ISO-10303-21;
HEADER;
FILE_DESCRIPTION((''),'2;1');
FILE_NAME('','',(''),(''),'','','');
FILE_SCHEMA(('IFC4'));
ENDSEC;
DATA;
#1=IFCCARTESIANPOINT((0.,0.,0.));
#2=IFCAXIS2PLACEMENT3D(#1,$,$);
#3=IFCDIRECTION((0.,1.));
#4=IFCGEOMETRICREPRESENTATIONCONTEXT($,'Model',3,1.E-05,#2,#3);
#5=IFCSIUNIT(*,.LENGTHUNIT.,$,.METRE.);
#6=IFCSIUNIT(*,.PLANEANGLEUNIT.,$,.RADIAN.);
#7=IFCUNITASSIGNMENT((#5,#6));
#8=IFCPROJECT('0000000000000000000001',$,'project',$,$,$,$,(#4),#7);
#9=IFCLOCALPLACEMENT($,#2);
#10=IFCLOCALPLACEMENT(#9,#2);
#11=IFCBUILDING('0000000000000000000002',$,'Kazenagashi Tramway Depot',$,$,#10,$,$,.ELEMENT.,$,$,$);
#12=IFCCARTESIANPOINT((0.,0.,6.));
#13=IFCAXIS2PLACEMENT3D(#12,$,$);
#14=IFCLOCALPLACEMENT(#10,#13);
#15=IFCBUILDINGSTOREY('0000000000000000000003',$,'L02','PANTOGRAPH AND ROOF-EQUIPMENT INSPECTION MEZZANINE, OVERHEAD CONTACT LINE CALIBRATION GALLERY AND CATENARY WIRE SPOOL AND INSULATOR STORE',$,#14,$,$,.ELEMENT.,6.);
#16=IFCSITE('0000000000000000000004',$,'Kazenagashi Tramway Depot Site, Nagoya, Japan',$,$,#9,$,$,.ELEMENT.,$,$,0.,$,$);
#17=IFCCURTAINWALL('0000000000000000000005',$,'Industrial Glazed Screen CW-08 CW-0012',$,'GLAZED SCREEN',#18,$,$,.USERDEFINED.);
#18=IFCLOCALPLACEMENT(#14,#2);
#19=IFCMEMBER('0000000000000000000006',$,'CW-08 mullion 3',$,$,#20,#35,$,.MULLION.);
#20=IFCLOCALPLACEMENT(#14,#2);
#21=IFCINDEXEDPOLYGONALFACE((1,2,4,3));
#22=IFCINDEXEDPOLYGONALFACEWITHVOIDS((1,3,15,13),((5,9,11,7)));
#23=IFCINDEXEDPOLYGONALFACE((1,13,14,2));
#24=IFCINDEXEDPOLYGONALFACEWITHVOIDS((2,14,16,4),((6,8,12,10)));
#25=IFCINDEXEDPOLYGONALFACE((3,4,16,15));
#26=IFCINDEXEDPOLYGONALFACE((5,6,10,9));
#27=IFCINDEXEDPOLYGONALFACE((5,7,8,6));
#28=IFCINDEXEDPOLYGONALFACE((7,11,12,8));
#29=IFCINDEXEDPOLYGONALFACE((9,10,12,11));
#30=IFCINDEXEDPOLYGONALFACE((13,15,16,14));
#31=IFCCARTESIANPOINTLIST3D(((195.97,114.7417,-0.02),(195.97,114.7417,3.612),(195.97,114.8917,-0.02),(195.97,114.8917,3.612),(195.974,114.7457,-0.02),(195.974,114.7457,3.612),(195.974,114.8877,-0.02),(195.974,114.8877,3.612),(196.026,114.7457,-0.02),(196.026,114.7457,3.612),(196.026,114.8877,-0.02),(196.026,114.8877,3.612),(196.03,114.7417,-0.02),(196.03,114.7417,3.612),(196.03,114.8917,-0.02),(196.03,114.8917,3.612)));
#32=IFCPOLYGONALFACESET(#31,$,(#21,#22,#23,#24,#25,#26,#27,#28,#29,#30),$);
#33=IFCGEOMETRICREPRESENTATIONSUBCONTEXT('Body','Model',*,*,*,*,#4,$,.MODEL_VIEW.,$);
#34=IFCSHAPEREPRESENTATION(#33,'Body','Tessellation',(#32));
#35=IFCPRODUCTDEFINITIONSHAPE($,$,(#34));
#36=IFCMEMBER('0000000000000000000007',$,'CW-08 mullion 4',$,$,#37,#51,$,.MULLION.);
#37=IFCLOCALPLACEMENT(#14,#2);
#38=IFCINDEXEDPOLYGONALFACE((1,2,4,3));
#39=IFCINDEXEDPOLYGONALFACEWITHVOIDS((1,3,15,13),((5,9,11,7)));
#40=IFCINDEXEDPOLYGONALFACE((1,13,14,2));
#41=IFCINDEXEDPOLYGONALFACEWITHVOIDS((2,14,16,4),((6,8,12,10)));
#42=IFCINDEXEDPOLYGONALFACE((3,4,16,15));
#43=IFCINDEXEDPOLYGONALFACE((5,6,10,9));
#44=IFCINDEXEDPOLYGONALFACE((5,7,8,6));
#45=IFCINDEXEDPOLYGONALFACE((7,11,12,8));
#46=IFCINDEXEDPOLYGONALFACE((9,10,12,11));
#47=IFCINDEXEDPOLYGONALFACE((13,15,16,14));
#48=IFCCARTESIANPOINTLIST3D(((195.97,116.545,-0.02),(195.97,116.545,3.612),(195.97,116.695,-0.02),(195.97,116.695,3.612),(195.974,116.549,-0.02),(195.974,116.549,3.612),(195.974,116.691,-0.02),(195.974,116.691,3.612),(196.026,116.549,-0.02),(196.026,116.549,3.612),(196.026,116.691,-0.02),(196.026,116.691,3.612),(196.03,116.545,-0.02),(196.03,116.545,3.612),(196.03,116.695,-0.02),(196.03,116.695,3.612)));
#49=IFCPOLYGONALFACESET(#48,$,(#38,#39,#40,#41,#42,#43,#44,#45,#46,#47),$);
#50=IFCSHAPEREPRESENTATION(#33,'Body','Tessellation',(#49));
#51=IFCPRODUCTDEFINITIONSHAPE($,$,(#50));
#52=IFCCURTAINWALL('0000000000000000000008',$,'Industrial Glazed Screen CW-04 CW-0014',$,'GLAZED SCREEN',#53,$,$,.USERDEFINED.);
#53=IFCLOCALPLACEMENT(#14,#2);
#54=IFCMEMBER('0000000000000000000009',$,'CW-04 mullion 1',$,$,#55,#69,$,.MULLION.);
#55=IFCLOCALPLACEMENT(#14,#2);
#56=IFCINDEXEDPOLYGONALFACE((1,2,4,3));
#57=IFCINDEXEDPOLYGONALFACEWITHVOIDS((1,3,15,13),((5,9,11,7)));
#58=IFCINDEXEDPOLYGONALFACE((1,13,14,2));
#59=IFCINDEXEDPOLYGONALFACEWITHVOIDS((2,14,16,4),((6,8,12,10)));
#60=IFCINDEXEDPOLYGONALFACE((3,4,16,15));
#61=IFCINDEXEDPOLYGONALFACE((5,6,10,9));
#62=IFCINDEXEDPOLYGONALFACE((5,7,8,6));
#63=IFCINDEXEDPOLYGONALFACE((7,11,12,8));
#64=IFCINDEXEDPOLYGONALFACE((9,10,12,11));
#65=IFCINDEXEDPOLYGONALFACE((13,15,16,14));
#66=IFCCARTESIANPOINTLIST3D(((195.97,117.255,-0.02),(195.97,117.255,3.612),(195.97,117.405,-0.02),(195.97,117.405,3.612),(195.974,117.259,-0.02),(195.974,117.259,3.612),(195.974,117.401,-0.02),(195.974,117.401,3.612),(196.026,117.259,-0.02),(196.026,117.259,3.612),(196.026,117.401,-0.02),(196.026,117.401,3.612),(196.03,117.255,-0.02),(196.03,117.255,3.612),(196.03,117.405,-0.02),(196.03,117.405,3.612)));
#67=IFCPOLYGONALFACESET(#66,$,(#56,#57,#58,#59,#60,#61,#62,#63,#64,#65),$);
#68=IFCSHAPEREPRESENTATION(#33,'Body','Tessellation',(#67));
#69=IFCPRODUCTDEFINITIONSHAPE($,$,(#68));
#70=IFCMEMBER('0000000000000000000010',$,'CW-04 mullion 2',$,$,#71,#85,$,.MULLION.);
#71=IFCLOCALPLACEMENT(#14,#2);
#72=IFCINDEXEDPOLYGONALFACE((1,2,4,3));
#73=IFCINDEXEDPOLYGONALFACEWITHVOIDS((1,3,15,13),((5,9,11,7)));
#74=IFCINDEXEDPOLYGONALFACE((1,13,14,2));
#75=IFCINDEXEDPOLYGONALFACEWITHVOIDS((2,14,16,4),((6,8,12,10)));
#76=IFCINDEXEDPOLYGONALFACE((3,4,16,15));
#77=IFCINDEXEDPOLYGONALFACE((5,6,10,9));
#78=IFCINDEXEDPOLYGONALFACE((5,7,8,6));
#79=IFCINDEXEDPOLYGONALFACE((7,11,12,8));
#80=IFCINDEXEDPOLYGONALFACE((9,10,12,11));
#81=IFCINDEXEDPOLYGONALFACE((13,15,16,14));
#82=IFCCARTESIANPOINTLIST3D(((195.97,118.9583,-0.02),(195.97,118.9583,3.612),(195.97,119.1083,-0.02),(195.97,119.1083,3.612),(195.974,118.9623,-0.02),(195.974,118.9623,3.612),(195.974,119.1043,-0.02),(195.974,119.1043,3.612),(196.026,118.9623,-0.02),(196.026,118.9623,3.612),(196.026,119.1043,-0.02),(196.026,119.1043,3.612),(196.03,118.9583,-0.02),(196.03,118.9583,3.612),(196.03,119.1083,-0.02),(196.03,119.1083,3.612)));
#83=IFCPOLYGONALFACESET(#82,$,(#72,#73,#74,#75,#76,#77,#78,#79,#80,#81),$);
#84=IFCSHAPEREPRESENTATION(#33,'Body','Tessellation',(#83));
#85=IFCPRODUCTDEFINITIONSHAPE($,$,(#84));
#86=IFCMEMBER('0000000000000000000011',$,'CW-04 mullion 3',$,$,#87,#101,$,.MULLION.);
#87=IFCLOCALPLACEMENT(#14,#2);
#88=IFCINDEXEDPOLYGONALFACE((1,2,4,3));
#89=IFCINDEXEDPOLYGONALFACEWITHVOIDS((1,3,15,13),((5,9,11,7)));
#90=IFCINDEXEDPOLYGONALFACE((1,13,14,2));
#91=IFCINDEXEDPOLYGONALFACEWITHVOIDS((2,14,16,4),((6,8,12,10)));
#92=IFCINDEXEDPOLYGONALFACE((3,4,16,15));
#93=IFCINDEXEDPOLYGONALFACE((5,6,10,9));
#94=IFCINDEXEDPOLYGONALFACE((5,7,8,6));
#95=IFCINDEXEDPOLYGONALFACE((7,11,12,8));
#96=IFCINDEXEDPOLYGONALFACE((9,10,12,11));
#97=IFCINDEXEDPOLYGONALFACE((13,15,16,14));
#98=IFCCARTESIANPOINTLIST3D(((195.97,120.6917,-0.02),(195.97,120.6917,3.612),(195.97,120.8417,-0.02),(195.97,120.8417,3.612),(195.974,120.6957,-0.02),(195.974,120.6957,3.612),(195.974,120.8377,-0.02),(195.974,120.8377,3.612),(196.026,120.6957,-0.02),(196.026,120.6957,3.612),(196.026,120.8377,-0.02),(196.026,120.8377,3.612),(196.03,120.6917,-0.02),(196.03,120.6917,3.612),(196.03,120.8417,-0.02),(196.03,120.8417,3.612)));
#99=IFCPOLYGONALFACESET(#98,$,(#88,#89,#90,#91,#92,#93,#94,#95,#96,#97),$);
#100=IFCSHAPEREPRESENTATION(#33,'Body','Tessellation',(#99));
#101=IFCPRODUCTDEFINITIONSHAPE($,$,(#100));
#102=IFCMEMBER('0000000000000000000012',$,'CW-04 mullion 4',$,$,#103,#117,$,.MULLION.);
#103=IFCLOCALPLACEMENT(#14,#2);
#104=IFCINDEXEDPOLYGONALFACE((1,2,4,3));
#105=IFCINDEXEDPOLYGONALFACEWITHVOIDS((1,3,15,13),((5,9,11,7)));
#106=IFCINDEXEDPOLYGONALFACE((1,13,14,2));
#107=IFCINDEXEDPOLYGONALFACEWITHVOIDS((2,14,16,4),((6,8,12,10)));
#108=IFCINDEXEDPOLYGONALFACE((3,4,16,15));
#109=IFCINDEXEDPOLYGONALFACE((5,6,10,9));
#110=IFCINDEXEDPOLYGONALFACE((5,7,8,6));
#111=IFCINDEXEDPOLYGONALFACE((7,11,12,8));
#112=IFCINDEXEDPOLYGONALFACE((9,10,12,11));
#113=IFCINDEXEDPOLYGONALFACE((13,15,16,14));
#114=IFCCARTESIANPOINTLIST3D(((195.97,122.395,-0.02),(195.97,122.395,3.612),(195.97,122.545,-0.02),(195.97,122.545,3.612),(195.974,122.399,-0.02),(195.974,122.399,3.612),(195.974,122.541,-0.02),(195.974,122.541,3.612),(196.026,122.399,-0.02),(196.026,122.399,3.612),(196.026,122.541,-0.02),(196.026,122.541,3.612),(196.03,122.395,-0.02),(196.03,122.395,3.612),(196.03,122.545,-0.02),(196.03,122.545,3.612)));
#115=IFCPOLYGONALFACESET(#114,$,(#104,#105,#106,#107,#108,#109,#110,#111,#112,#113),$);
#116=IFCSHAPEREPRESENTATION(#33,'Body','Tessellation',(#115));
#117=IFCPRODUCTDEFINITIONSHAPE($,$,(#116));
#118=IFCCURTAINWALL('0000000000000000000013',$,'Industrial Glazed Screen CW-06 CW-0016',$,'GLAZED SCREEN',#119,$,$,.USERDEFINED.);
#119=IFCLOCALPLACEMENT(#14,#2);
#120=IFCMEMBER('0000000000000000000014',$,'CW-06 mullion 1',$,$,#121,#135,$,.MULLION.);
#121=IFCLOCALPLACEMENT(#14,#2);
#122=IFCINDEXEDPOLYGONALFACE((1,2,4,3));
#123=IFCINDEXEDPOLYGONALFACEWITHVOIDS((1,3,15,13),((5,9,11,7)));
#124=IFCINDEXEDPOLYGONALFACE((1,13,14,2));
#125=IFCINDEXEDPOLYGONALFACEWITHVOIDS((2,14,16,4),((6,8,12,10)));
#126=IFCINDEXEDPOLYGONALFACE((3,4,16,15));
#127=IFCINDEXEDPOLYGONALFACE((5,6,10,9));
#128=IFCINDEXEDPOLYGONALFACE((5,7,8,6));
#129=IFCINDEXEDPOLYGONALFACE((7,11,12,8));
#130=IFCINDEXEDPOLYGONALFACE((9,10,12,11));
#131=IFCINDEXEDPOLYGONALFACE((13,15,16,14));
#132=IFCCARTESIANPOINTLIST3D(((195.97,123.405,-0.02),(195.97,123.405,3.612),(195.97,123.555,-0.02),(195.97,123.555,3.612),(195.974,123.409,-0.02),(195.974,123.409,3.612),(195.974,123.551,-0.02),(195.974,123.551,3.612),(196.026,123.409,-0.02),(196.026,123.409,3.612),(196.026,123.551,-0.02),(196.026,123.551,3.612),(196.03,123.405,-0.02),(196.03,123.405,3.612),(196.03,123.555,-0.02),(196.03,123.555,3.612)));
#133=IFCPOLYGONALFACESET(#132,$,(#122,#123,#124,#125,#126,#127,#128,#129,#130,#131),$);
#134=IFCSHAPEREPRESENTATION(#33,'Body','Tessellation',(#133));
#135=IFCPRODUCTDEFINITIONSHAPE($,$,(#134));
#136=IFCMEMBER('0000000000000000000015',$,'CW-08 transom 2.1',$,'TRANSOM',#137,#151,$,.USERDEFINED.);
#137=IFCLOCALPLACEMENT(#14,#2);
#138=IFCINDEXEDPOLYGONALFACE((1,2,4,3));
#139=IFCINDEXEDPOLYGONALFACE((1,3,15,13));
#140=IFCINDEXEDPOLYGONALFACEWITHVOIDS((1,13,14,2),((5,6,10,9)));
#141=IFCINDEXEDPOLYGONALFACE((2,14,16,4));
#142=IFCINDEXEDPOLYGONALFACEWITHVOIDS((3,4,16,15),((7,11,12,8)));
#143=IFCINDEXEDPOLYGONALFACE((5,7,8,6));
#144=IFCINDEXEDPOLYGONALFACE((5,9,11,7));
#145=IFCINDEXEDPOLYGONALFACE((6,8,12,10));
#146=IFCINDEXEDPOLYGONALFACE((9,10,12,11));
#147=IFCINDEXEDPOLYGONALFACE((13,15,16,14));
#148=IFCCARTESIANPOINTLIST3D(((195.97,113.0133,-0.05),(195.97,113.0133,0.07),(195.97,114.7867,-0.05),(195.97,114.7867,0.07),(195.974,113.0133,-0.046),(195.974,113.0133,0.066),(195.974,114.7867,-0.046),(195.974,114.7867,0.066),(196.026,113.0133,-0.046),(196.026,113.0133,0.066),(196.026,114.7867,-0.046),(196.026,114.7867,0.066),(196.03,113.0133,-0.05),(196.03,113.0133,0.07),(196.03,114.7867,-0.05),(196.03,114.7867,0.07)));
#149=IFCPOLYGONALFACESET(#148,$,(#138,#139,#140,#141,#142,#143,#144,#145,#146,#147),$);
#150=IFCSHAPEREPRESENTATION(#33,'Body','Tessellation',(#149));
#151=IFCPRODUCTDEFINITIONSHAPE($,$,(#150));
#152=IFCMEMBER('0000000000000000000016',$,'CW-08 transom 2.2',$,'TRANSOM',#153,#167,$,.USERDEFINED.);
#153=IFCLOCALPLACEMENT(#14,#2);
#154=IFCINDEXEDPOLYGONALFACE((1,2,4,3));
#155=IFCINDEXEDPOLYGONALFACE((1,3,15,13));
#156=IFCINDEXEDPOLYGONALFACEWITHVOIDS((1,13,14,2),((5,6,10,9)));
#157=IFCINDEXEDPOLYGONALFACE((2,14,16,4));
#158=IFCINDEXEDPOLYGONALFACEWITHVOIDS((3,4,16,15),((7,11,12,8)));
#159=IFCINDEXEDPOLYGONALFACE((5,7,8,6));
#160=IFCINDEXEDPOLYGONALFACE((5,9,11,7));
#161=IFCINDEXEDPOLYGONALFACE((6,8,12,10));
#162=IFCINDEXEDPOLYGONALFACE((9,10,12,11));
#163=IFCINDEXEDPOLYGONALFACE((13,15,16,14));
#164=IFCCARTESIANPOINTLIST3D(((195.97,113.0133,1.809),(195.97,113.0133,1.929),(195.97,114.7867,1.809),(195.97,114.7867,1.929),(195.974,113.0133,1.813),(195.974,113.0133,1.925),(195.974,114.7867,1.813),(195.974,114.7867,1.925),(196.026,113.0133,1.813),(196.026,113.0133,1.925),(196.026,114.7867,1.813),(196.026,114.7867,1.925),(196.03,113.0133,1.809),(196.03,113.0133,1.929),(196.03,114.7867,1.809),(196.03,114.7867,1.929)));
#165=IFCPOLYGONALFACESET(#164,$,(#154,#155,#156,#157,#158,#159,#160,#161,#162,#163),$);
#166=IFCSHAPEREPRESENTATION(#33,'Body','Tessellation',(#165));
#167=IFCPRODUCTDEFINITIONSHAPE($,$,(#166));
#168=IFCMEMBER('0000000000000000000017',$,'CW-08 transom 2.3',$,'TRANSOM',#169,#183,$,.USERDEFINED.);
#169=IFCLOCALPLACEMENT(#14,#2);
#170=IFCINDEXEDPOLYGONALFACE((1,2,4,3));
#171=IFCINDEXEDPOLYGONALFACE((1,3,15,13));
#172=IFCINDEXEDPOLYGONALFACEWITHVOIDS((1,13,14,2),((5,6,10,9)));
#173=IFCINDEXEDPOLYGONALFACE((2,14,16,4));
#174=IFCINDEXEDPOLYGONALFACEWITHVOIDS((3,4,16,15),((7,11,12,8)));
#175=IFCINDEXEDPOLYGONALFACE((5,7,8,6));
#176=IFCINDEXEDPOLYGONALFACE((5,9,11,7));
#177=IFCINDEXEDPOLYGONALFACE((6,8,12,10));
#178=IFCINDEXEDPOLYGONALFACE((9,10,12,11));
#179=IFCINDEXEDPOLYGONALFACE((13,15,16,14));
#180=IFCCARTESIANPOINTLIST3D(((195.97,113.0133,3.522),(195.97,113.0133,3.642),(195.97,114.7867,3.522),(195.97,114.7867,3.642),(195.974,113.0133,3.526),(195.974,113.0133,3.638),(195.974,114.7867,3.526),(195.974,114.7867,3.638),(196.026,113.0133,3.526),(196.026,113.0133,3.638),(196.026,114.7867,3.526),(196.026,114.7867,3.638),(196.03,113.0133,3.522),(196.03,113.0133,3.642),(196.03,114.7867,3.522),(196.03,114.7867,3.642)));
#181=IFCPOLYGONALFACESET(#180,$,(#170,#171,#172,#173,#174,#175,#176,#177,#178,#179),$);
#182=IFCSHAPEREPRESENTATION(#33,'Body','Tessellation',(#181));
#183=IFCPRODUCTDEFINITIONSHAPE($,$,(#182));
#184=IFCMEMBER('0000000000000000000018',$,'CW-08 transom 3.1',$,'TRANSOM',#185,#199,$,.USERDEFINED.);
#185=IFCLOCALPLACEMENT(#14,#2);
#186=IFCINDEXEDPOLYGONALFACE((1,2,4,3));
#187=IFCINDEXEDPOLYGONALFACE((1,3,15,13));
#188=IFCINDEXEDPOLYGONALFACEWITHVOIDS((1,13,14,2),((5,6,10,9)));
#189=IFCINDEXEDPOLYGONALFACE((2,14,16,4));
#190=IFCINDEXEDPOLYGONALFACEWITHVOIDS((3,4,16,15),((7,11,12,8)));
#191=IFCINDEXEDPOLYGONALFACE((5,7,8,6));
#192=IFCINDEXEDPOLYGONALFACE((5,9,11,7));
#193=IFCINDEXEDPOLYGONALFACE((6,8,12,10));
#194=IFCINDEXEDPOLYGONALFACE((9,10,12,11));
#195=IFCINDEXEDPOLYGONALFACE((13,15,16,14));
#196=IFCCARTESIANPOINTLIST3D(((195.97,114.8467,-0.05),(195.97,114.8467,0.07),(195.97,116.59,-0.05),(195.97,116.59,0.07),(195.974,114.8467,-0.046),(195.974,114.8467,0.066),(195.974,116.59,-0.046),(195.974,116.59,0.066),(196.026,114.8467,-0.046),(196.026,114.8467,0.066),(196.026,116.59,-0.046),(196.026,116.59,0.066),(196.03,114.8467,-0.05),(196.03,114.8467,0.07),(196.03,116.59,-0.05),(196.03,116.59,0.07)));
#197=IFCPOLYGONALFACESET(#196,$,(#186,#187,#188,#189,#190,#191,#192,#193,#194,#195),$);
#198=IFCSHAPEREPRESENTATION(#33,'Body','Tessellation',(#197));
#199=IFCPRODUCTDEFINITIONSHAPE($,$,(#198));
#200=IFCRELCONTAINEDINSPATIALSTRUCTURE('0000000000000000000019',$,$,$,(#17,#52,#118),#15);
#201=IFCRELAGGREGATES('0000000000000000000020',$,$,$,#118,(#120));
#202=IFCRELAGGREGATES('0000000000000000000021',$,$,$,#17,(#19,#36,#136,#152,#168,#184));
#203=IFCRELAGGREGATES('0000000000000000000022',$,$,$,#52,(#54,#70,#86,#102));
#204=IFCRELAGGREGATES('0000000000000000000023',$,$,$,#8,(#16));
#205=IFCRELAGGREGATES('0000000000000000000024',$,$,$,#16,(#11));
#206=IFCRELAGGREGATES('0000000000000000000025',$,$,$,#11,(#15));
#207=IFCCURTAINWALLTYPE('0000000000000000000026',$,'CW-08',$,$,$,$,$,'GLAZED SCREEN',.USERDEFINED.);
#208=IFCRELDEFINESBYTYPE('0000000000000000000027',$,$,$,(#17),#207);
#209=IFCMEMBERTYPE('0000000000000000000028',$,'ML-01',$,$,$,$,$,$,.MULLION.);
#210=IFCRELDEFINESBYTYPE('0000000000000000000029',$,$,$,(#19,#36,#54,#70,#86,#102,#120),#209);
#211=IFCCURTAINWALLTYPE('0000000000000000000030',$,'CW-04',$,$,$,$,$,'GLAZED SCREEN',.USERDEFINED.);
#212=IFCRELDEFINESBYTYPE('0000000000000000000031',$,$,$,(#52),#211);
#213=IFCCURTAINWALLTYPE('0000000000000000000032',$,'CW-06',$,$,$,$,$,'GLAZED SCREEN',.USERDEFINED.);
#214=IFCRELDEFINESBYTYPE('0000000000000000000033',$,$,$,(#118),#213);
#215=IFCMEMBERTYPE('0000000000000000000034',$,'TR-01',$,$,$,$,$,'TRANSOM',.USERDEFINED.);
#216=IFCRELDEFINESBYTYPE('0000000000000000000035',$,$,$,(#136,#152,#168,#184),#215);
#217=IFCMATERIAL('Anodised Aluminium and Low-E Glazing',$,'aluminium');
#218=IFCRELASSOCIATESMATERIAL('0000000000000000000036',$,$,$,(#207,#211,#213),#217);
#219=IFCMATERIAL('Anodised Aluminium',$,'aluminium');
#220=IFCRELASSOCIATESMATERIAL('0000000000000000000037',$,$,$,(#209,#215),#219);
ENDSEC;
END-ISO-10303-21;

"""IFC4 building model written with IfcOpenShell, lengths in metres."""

from ifc_helpers import new_model, si_unit, direction, frame, origin, origin_2d, place, context, subcontext, project, spatial, hollow_rectangle, extrude, material, material_profile, profile_set, type_object, element, aggregate, save


model = new_model("IFC4")

# Units and contexts
model_context = context("Model", 3, precision=1e-05, world=origin(), true_north=direction((0.0, 1.0)))
body_context = subcontext(model_context, "Body", "Model", "MODEL_VIEW")
ifc_project = project(units=[si_unit("LENGTHUNIT", "METRE"), si_unit("PLANEANGLEUNIT", "RADIAN")], contexts=[model_context])

# Site, building, storey
site_placement = place(None, origin())
site = spatial("IfcSite", under=ifc_project, at=site_placement, Name="Kazenagashi Tramway Depot Site, Nagoya, Japan", CompositionType="ELEMENT", RefElevation=0.0)
building_placement = place(site_placement, origin())
building = spatial("IfcBuilding", under=site, at=building_placement, Name="Kazenagashi Tramway Depot", CompositionType="ELEMENT")
storey_placement = place(building_placement, frame((0.0, 0.0, 6.0)))
storey = spatial("IfcBuildingStorey", under=building, at=storey_placement, Name="L02", Description="PANTOGRAPH AND ROOF-EQUIPMENT INSPECTION MEZZANINE, OVERHEAD CONTACT LINE CALIBRATION GALLERY AND CATENARY WIRE SPOOL AND INSULATOR STORE", CompositionType="ELEMENT", Elevation=6.0)

# Curtain walls, members
ifc_material_1 = material(Name="Anodised Aluminium and Low-E Glazing", Category="aluminium")
curtain_wall_type_1 = type_object("IfcCurtainWallType", Name="CW-08", ElementType="GLAZED SCREEN", PredefinedType="USERDEFINED", material=ifc_material_1)
curtain_wall_1_placement = place(storey_placement, origin())
curtain_wall_1 = element("IfcCurtainWall", 1, at=curtain_wall_1_placement, inside=storey, type_object=curtain_wall_type_1, Name="Industrial Glazed Screen CW-08 CW-0012", ObjectType="GLAZED SCREEN", PredefinedType="USERDEFINED")
ifc_material_2 = material(Name="Anodised Aluminium", Category="aluminium")
ifc_material_profile_1 = material_profile(ifc_material_2, hollow_rectangle(XDim=0.06, YDim=0.15, WallThickness=0.004, at=origin_2d()), Name="RHS-150x60x4")
ifc_profile_set_1 = profile_set([ifc_material_profile_1], Name="Anodised Aluminium")
member_type_1 = type_object("IfcMemberType", Name="ML-01", PredefinedType="MULLION", material=ifc_profile_set_1)
member_1_placement = place(storey_placement, frame((196.0, 114.8167, -0.02), z_axis=(0.0, 0.0, 1.0), x_axis=(-1.0, 0.0, 0.0)))
member_1 = element("IfcMember", 2, at=member_1_placement, type_object=member_type_1, Name="CW-08 mullion 3", PredefinedType="MULLION", context=body_context, shape_type="SweptSolid", body=[
    extrude(hollow_rectangle(XDim=0.06, YDim=0.15, WallThickness=0.004, at=origin_2d()), origin(), (0.0, 0.0, 1.0), 3.632),
])
member_2_placement = place(storey_placement, frame((196.0, 116.62, -0.02), z_axis=(0.0, 0.0, 1.0), x_axis=(-1.0, 0.0, 0.0)))
member_2 = element("IfcMember", 3, at=member_2_placement, type_object=member_type_1, Name="CW-08 mullion 4", PredefinedType="MULLION", context=body_context, shape_type="SweptSolid", body=[
    extrude(hollow_rectangle(XDim=0.06, YDim=0.15, WallThickness=0.004, at=origin_2d()), origin(), (0.0, 0.0, 1.0), 3.632),
])
curtain_wall_type_2 = type_object("IfcCurtainWallType", Name="CW-04", ElementType="GLAZED SCREEN", PredefinedType="USERDEFINED", material=ifc_material_1)
curtain_wall_2_placement = place(storey_placement, origin())
curtain_wall_2 = element("IfcCurtainWall", 4, at=curtain_wall_2_placement, inside=storey, type_object=curtain_wall_type_2, Name="Industrial Glazed Screen CW-04 CW-0014", ObjectType="GLAZED SCREEN", PredefinedType="USERDEFINED")
member_3_placement = place(storey_placement, frame((196.0, 117.33, -0.02), z_axis=(0.0, 0.0, 1.0), x_axis=(-1.0, 0.0, 0.0)))
member_3 = element("IfcMember", 5, at=member_3_placement, type_object=member_type_1, Name="CW-04 mullion 1", PredefinedType="MULLION", context=body_context, shape_type="SweptSolid", body=[
    extrude(hollow_rectangle(XDim=0.06, YDim=0.15, WallThickness=0.004, at=origin_2d()), origin(), (0.0, 0.0, 1.0), 3.632),
])
member_4_placement = place(storey_placement, frame((196.0, 119.0333, -0.02), z_axis=(0.0, 0.0, 1.0), x_axis=(-1.0, 0.0, 0.0)))
member_4 = element("IfcMember", 6, at=member_4_placement, type_object=member_type_1, Name="CW-04 mullion 2", PredefinedType="MULLION", context=body_context, shape_type="SweptSolid", body=[
    extrude(hollow_rectangle(XDim=0.06, YDim=0.15, WallThickness=0.004, at=origin_2d()), origin(), (0.0, 0.0, 1.0), 3.632),
])
member_5_placement = place(storey_placement, frame((196.0, 120.7667, -0.02), z_axis=(0.0, 0.0, 1.0), x_axis=(-1.0, 0.0, 0.0)))
member_5 = element("IfcMember", 7, at=member_5_placement, type_object=member_type_1, Name="CW-04 mullion 3", PredefinedType="MULLION", context=body_context, shape_type="SweptSolid", body=[
    extrude(hollow_rectangle(XDim=0.06, YDim=0.15, WallThickness=0.004, at=origin_2d()), origin(), (0.0, 0.0, 1.0), 3.632),
])
member_6_placement = place(storey_placement, frame((196.0, 122.47, -0.02), z_axis=(0.0, 0.0, 1.0), x_axis=(-1.0, 0.0, 0.0)))
member_6 = element("IfcMember", 8, at=member_6_placement, type_object=member_type_1, Name="CW-04 mullion 4", PredefinedType="MULLION", context=body_context, shape_type="SweptSolid", body=[
    extrude(hollow_rectangle(XDim=0.06, YDim=0.15, WallThickness=0.004, at=origin_2d()), origin(), (0.0, 0.0, 1.0), 3.632),
])

# Curtain wall, member
curtain_wall_type_3 = type_object("IfcCurtainWallType", Name="CW-06", ElementType="GLAZED SCREEN", PredefinedType="USERDEFINED", material=ifc_material_1)
curtain_wall_3_placement = place(storey_placement, origin())
curtain_wall_3 = element("IfcCurtainWall", 9, at=curtain_wall_3_placement, inside=storey, type_object=curtain_wall_type_3, Name="Industrial Glazed Screen CW-06 CW-0016", ObjectType="GLAZED SCREEN", PredefinedType="USERDEFINED")
member_7_placement = place(storey_placement, frame((196.0, 123.48, -0.02), z_axis=(0.0, 0.0, 1.0), x_axis=(-1.0, 0.0, 0.0)))
member_7 = element("IfcMember", 10, at=member_7_placement, type_object=member_type_1, Name="CW-06 mullion 1", PredefinedType="MULLION", context=body_context, shape_type="SweptSolid", body=[
    extrude(hollow_rectangle(XDim=0.06, YDim=0.15, WallThickness=0.004, at=origin_2d()), origin(), (0.0, 0.0, 1.0), 3.632),
])

# Members
ifc_material_profile_2 = material_profile(ifc_material_2, hollow_rectangle(XDim=0.06, YDim=0.12, WallThickness=0.004, at=origin_2d()), Name="RHS-120x60x4")
ifc_profile_set_2 = profile_set([ifc_material_profile_2], Name="Anodised Aluminium")
member_type_2 = type_object("IfcMemberType", Name="TR-01", ElementType="TRANSOM", PredefinedType="USERDEFINED", material=ifc_profile_set_2)
member_8_placement = place(storey_placement, frame((196.0, 113.0133, 0.01), z_axis=(0.0, 1.0, 0.0), x_axis=(-1.0, 0.0, 0.0)))
member_8 = element("IfcMember", 11, at=member_8_placement, type_object=member_type_2, Name="CW-08 transom 2.1", ObjectType="TRANSOM", PredefinedType="USERDEFINED", context=body_context, shape_type="SweptSolid", body=[
    extrude(hollow_rectangle(XDim=0.06, YDim=0.12, WallThickness=0.004, at=origin_2d()), origin(), (0.0, 0.0, 1.0), 1.7733),
])
member_9_placement = place(storey_placement, frame((196.0, 113.0133, 1.869), z_axis=(0.0, 1.0, 0.0), x_axis=(-1.0, 0.0, 0.0)))
member_9 = element("IfcMember", 12, at=member_9_placement, type_object=member_type_2, Name="CW-08 transom 2.2", ObjectType="TRANSOM", PredefinedType="USERDEFINED", context=body_context, shape_type="SweptSolid", body=[
    extrude(hollow_rectangle(XDim=0.06, YDim=0.12, WallThickness=0.004, at=origin_2d()), origin(), (0.0, 0.0, 1.0), 1.7733),
])
member_10_placement = place(storey_placement, frame((196.0, 113.0133, 3.582), z_axis=(0.0, 1.0, 0.0), x_axis=(-1.0, 0.0, 0.0)))
member_10 = element("IfcMember", 13, at=member_10_placement, type_object=member_type_2, Name="CW-08 transom 2.3", ObjectType="TRANSOM", PredefinedType="USERDEFINED", context=body_context, shape_type="SweptSolid", body=[
    extrude(hollow_rectangle(XDim=0.06, YDim=0.12, WallThickness=0.004, at=origin_2d()), origin(), (0.0, 0.0, 1.0), 1.7733),
])
member_11_placement = place(storey_placement, frame((196.0, 114.8467, 0.01), z_axis=(0.0, 1.0, 0.0), x_axis=(-1.0, 0.0, 0.0)))
member_11 = element("IfcMember", 14, at=member_11_placement, type_object=member_type_2, Name="CW-08 transom 3.1", ObjectType="TRANSOM", PredefinedType="USERDEFINED", context=body_context, shape_type="SweptSolid", body=[
    extrude(hollow_rectangle(XDim=0.06, YDim=0.12, WallThickness=0.004, at=origin_2d()), origin(), (0.0, 0.0, 1.0), 1.7433),
])
aggregate(curtain_wall_3, [member_7])

aggregate(curtain_wall_1, [member_1, member_2, member_8, member_9, member_10, member_11])
aggregate(curtain_wall_2, [member_3, member_4, member_5, member_6])

save(model, "model.ifc")
